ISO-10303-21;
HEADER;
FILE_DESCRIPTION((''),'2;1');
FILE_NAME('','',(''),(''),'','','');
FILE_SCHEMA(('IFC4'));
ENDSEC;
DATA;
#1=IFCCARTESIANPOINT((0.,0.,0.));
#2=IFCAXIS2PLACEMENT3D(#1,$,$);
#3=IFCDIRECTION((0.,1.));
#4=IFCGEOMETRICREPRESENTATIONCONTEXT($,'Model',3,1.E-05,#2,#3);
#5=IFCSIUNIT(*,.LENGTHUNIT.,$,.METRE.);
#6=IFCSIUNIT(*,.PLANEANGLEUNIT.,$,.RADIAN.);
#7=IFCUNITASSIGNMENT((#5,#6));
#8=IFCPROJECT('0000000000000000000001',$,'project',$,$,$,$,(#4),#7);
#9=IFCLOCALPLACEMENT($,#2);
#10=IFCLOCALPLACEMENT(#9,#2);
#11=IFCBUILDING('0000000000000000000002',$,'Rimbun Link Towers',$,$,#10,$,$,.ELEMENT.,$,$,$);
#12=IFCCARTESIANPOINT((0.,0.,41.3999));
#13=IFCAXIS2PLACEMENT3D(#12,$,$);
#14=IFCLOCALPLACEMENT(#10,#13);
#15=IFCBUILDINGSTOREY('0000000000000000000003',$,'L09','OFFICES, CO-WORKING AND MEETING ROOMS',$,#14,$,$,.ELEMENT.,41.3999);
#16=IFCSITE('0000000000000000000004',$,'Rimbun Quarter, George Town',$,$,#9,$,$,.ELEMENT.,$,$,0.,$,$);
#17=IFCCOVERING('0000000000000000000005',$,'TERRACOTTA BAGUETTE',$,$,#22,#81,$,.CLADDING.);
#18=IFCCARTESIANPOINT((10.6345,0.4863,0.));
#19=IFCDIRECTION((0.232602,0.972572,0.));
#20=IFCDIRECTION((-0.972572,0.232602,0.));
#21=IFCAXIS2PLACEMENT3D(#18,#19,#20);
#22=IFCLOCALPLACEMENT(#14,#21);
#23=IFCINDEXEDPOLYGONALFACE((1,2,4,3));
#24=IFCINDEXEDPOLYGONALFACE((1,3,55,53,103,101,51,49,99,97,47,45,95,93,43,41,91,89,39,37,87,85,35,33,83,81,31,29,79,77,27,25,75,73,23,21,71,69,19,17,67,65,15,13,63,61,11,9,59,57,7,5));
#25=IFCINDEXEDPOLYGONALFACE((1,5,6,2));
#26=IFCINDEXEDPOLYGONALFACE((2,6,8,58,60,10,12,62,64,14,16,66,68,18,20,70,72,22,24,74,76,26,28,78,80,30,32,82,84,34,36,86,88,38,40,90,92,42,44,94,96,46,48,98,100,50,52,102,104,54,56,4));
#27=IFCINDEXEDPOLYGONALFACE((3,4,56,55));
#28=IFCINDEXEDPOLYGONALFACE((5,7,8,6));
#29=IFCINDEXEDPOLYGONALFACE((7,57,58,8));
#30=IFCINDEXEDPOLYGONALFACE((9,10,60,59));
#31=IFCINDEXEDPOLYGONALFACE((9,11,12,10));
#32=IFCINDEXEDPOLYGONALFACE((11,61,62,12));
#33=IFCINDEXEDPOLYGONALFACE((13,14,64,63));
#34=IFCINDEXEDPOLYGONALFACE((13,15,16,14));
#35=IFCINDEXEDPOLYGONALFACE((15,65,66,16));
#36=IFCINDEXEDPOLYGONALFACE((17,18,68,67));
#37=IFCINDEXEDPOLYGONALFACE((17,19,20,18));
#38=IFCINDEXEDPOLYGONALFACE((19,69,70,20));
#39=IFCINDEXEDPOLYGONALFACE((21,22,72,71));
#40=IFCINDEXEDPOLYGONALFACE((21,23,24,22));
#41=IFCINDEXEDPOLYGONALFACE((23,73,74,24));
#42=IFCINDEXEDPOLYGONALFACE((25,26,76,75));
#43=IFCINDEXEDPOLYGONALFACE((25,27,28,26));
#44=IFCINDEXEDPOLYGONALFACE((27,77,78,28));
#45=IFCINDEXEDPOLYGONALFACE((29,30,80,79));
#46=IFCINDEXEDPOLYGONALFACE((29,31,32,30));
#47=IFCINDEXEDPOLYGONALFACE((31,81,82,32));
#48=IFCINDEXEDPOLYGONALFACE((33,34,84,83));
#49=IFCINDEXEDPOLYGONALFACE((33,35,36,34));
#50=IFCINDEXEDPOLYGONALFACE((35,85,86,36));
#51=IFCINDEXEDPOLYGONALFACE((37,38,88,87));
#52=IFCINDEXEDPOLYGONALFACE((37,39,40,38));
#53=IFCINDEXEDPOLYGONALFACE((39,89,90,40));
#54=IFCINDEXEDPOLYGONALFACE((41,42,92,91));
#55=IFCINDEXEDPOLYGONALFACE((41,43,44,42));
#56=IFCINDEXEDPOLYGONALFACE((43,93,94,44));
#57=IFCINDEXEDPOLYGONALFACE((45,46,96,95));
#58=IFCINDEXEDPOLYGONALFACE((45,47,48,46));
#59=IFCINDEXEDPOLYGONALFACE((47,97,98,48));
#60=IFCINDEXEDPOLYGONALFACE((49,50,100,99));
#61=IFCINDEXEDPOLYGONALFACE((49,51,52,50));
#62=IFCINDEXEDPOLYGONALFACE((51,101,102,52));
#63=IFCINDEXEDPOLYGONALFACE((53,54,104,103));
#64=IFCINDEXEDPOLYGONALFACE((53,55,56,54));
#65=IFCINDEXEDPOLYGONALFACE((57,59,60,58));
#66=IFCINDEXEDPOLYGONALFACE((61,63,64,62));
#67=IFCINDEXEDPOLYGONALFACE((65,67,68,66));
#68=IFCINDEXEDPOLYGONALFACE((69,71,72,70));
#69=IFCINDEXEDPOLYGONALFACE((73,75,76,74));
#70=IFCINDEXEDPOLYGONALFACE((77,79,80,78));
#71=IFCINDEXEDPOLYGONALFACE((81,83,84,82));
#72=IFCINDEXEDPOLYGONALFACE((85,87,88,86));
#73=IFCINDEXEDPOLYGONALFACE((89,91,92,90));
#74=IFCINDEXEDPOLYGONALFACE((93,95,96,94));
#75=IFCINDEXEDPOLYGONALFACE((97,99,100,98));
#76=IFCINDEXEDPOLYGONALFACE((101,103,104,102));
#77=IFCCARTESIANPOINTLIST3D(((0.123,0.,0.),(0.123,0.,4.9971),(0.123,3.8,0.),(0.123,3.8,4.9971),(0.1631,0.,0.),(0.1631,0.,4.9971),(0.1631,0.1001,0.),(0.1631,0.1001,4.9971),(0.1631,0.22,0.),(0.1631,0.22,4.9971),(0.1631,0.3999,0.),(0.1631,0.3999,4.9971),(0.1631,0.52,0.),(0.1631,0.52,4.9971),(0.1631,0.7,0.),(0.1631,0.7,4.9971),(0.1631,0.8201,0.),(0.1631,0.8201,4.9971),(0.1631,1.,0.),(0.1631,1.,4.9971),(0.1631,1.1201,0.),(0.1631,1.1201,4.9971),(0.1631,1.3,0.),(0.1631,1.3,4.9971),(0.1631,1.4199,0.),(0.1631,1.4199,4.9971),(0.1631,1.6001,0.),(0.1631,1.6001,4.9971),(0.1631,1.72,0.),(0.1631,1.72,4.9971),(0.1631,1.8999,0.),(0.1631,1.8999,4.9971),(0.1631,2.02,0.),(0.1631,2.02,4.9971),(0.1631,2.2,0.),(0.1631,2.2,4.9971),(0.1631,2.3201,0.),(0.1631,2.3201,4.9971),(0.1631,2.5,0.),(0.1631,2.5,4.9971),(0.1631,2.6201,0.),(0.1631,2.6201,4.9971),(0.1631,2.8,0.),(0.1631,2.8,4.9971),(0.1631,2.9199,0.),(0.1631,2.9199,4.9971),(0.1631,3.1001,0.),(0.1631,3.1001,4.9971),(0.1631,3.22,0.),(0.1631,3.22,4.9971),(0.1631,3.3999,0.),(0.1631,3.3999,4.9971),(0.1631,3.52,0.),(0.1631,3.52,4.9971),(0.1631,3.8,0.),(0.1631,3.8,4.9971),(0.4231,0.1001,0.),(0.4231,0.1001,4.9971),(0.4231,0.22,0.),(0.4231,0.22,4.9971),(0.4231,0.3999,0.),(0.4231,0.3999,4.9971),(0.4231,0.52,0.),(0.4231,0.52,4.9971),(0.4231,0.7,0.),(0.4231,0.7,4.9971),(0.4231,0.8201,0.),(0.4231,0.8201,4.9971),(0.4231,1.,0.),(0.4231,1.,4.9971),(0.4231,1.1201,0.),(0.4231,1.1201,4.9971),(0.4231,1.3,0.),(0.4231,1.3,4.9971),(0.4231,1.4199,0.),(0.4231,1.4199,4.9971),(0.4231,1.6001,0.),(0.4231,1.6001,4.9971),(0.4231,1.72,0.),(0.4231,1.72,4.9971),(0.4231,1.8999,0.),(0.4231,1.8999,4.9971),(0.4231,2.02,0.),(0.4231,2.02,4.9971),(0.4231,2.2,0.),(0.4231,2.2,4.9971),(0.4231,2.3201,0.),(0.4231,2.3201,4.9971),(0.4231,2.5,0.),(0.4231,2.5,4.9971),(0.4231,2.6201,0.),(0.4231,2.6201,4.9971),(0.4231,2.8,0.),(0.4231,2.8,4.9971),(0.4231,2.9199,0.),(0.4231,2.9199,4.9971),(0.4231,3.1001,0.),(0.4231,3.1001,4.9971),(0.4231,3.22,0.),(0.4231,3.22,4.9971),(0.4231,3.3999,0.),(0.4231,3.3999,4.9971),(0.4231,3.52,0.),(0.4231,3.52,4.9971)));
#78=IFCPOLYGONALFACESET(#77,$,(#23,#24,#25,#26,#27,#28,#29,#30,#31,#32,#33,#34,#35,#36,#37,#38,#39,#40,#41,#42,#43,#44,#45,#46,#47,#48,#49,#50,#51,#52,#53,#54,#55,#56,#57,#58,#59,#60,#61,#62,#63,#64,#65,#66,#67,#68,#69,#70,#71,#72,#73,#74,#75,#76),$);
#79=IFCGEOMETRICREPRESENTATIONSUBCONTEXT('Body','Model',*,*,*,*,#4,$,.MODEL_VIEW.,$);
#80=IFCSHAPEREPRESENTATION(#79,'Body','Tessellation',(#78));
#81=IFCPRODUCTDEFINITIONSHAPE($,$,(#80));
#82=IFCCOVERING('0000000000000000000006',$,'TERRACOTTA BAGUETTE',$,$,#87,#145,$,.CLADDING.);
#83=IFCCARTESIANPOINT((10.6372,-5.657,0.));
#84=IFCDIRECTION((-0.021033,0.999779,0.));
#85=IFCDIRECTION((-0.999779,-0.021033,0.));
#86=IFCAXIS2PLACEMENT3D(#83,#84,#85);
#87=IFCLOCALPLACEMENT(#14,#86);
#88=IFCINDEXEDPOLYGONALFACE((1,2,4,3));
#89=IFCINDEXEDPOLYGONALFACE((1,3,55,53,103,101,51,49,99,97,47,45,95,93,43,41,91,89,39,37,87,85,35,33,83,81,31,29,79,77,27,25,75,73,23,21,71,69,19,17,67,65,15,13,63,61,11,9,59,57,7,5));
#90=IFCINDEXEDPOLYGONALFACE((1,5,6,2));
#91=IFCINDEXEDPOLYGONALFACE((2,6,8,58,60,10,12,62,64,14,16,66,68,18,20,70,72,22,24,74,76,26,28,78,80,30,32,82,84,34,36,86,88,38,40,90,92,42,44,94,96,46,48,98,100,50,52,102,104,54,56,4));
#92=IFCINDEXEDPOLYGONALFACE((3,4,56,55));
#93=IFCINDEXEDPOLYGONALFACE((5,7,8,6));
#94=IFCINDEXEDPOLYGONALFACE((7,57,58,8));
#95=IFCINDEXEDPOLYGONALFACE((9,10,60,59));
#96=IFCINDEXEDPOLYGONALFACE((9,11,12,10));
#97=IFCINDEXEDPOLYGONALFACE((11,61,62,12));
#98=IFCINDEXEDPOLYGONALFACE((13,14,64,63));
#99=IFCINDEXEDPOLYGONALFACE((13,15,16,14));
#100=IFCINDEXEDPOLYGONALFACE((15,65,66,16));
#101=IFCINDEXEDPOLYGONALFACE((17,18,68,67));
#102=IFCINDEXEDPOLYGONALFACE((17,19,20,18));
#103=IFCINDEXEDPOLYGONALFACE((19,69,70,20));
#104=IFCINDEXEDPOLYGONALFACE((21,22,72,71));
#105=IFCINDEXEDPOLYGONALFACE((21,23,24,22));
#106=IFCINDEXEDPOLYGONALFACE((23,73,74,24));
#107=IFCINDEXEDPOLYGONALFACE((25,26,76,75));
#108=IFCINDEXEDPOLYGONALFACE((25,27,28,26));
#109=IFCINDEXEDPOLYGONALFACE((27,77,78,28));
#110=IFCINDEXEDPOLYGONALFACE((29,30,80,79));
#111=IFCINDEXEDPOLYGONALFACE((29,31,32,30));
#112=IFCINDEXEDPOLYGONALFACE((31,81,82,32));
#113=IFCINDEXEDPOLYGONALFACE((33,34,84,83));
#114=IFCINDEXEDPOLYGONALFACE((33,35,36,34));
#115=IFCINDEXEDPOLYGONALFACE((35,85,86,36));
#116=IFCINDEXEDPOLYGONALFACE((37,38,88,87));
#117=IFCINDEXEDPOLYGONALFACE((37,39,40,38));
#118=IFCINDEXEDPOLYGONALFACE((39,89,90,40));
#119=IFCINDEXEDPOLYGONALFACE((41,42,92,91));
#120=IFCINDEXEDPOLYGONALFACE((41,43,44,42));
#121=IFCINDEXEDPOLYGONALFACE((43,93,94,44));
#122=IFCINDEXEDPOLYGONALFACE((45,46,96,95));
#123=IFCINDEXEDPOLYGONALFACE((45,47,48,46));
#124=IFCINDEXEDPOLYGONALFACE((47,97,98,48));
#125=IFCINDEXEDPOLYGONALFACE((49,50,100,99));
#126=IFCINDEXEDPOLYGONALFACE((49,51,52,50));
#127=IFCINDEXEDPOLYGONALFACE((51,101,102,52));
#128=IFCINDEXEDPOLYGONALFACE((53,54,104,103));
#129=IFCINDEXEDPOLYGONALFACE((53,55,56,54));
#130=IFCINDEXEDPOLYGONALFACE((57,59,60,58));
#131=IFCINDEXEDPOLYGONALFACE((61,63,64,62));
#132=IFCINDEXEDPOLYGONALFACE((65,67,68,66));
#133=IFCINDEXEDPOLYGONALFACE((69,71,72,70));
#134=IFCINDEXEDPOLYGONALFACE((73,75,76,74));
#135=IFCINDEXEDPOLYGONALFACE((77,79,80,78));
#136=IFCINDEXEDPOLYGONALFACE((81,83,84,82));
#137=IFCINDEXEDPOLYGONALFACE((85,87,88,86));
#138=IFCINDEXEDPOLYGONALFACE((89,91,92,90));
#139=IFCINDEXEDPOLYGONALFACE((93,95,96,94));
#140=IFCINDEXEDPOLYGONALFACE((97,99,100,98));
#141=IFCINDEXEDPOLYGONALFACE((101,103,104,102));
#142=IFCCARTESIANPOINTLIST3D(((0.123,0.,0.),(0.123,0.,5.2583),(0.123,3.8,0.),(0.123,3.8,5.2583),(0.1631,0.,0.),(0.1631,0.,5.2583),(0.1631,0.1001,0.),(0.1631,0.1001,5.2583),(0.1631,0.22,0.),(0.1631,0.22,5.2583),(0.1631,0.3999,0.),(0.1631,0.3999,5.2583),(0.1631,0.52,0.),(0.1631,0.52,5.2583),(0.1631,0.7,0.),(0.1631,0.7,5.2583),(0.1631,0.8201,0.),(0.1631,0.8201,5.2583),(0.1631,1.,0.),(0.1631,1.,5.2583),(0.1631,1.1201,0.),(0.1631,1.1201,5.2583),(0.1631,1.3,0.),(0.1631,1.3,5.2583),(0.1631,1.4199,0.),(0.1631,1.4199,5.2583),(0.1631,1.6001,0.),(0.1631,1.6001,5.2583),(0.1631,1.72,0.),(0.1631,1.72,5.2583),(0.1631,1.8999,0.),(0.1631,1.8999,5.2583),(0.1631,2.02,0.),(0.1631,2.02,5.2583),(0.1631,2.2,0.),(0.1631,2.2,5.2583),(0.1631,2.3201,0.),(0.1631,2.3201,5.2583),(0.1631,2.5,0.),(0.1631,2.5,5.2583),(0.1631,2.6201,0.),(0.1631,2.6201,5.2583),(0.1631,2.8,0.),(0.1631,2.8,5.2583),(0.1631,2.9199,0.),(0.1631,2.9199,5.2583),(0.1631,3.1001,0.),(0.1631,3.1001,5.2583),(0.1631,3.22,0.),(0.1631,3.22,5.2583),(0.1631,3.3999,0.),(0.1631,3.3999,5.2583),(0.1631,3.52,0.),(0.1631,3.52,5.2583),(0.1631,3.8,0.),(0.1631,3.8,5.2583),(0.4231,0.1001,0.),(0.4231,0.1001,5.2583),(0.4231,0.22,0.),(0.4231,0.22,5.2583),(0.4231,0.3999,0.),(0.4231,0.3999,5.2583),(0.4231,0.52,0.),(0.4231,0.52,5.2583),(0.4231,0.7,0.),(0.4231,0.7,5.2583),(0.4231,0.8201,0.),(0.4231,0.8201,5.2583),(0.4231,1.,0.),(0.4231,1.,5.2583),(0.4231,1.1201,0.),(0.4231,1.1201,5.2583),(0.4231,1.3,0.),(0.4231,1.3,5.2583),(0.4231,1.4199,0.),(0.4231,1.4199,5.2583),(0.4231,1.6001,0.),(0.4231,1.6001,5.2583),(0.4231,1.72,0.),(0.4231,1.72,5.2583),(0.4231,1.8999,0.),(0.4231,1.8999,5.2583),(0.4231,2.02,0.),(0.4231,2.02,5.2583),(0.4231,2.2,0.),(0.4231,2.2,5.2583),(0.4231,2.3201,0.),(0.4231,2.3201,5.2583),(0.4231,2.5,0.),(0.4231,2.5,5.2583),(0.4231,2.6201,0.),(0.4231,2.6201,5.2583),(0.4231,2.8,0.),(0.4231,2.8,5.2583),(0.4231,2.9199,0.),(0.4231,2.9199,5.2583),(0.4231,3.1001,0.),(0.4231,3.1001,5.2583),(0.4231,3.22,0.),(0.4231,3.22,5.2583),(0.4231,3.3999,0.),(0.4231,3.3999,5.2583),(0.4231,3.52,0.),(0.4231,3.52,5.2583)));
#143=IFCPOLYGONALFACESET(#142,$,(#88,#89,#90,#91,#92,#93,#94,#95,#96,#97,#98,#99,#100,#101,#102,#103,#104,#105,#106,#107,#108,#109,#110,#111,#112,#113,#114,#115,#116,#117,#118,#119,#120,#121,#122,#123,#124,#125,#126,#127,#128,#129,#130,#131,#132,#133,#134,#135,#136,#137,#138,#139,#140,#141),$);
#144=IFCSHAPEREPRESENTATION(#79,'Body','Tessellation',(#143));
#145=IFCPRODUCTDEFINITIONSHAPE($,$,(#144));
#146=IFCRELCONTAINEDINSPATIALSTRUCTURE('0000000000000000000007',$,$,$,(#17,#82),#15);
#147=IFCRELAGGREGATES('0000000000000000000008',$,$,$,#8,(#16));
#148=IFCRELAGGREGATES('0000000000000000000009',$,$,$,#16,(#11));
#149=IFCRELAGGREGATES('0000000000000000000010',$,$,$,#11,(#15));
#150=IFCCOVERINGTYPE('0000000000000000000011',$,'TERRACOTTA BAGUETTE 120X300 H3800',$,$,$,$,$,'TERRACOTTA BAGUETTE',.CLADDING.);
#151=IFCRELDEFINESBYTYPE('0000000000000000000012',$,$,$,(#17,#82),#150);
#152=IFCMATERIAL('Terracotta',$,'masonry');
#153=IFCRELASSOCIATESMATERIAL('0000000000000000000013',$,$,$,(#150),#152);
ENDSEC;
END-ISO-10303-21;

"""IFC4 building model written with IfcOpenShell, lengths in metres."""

from ifc_helpers import new_model, si_unit, direction, frame, origin, place, context, subcontext, project, spatial, polyline, outline, extrude, material, material_profile, profile_set, type_object, element, save


model = new_model("IFC4")

# Units and contexts
model_context = context("Model", 3, precision=1e-05, world=origin(), true_north=direction((0.0, 1.0)))
body_context = subcontext(model_context, "Body", "Model", "MODEL_VIEW")
ifc_project = project(units=[si_unit("LENGTHUNIT", "METRE"), si_unit("PLANEANGLEUNIT", "RADIAN")], contexts=[model_context])

# Site, building, storey
site_placement = place(None, origin())
site = spatial("IfcSite", under=ifc_project, at=site_placement, Name="Rimbun Quarter, George Town", CompositionType="ELEMENT", RefElevation=0.0)
building_placement = place(site_placement, origin())
building = spatial("IfcBuilding", under=site, at=building_placement, Name="Rimbun Link Towers", CompositionType="ELEMENT")
storey_placement = place(building_placement, frame((0.0, 0.0, 41.3999)))
storey = spatial("IfcBuildingStorey", under=building, at=storey_placement, Name="L09", Description="OFFICES, CO-WORKING AND MEETING ROOMS", CompositionType="ELEMENT", Elevation=41.3999)

# Coverings
ifc_material_1 = material(Name="Terracotta", Category="masonry")
ifc_material_profile_1 = material_profile(ifc_material_1, outline(polyline([(0.123, 0.0), (0.1631, 0.0), (0.1631, 0.1001), (0.4231, 0.1001), (0.4231, 0.22), (0.1631, 0.22), (0.1631, 0.3999), (0.4231, 0.3999), (0.4231, 0.52), (0.1631, 0.52), (0.1631, 0.7), (0.4231, 0.7), (0.4231, 0.8201), (0.1631, 0.8201), (0.1631, 1.0), (0.4231, 1.0), (0.4231, 1.1201), (0.1631, 1.1201), (0.1631, 1.3), (0.4231, 1.3), (0.4231, 1.4199), (0.1631, 1.4199), (0.1631, 1.6001), (0.4231, 1.6001), (0.4231, 1.72), (0.1631, 1.72), (0.1631, 1.8999), (0.4231, 1.8999), (0.4231, 2.02), (0.1631, 2.02), (0.1631, 2.2), (0.4231, 2.2), (0.4231, 2.3201), (0.1631, 2.3201), (0.1631, 2.5), (0.4231, 2.5), (0.4231, 2.6201), (0.1631, 2.6201), (0.1631, 2.8), (0.4231, 2.8), (0.4231, 2.9199), (0.1631, 2.9199), (0.1631, 3.1001), (0.4231, 3.1001), (0.4231, 3.22), (0.1631, 3.22), (0.1631, 3.3999), (0.4231, 3.3999), (0.4231, 3.52), (0.1631, 3.52), (0.1631, 3.8), (0.123, 3.8), (0.123, 0.0)])), Name="BAGUETTE 120X300")
ifc_profile_set_1 = profile_set([ifc_material_profile_1], Name="Terracotta")
covering_type = type_object("IfcCoveringType", Name="TERRACOTTA BAGUETTE 120X300 H3800", ElementType="TERRACOTTA BAGUETTE", PredefinedType="CLADDING", material=ifc_profile_set_1)
covering_1_placement = place(storey_placement, frame((10.6345, 0.4863, 0.0), z_axis=(0.232602, 0.972572, 0.0), x_axis=(-0.972572, 0.232602, 0.0)))
element("IfcCovering", 1, at=covering_1_placement, inside=storey, type_object=covering_type, Name="TERRACOTTA BAGUETTE", PredefinedType="CLADDING", context=body_context, shape_type="SweptSolid", body=[
    extrude(outline(polyline([(0.123, 0.0), (0.1631, 0.0), (0.1631, 0.1001), (0.4231, 0.1001), (0.4231, 0.22), (0.1631, 0.22), (0.1631, 0.3999), (0.4231, 0.3999), (0.4231, 0.52), (0.1631, 0.52), (0.1631, 0.7), (0.4231, 0.7), (0.4231, 0.8201), (0.1631, 0.8201), (0.1631, 1.0), (0.4231, 1.0), (0.4231, 1.1201), (0.1631, 1.1201), (0.1631, 1.3), (0.4231, 1.3), (0.4231, 1.4199), (0.1631, 1.4199), (0.1631, 1.6001), (0.4231, 1.6001), (0.4231, 1.72), (0.1631, 1.72), (0.1631, 1.8999), (0.4231, 1.8999), (0.4231, 2.02), (0.1631, 2.02), (0.1631, 2.2), (0.4231, 2.2), (0.4231, 2.3201), (0.1631, 2.3201), (0.1631, 2.5), (0.4231, 2.5), (0.4231, 2.6201), (0.1631, 2.6201), (0.1631, 2.8), (0.4231, 2.8), (0.4231, 2.9199), (0.1631, 2.9199), (0.1631, 3.1001), (0.4231, 3.1001), (0.4231, 3.22), (0.1631, 3.22), (0.1631, 3.3999), (0.4231, 3.3999), (0.4231, 3.52), (0.1631, 3.52), (0.1631, 3.8), (0.123, 3.8), (0.123, 0.0)])), origin(), (0.0, 0.0, 1.0), 4.9971),
])
covering_2_placement = place(storey_placement, frame((10.6372, -5.657, 0.0), z_axis=(-0.021033, 0.999779, 0.0), x_axis=(-0.999779, -0.021033, 0.0)))
element("IfcCovering", 2, at=covering_2_placement, inside=storey, type_object=covering_type, Name="TERRACOTTA BAGUETTE", PredefinedType="CLADDING", context=body_context, shape_type="SweptSolid", body=[
    extrude(outline(polyline([(0.123, 0.0), (0.1631, 0.0), (0.1631, 0.1001), (0.4231, 0.1001), (0.4231, 0.22), (0.1631, 0.22), (0.1631, 0.3999), (0.4231, 0.3999), (0.4231, 0.52), (0.1631, 0.52), (0.1631, 0.7), (0.4231, 0.7), (0.4231, 0.8201), (0.1631, 0.8201), (0.1631, 1.0), (0.4231, 1.0), (0.4231, 1.1201), (0.1631, 1.1201), (0.1631, 1.3), (0.4231, 1.3), (0.4231, 1.4199), (0.1631, 1.4199), (0.1631, 1.6001), (0.4231, 1.6001), (0.4231, 1.72), (0.1631, 1.72), (0.1631, 1.8999), (0.4231, 1.8999), (0.4231, 2.02), (0.1631, 2.02), (0.1631, 2.2), (0.4231, 2.2), (0.4231, 2.3201), (0.1631, 2.3201), (0.1631, 2.5), (0.4231, 2.5), (0.4231, 2.6201), (0.1631, 2.6201), (0.1631, 2.8), (0.4231, 2.8), (0.4231, 2.9199), (0.1631, 2.9199), (0.1631, 3.1001), (0.4231, 3.1001), (0.4231, 3.22), (0.1631, 3.22), (0.1631, 3.3999), (0.4231, 3.3999), (0.4231, 3.52), (0.1631, 3.52), (0.1631, 3.8), (0.123, 3.8), (0.123, 0.0)])), origin(), (0.0, 0.0, 1.0), 5.2583),
])

save(model, "model.ifc")
